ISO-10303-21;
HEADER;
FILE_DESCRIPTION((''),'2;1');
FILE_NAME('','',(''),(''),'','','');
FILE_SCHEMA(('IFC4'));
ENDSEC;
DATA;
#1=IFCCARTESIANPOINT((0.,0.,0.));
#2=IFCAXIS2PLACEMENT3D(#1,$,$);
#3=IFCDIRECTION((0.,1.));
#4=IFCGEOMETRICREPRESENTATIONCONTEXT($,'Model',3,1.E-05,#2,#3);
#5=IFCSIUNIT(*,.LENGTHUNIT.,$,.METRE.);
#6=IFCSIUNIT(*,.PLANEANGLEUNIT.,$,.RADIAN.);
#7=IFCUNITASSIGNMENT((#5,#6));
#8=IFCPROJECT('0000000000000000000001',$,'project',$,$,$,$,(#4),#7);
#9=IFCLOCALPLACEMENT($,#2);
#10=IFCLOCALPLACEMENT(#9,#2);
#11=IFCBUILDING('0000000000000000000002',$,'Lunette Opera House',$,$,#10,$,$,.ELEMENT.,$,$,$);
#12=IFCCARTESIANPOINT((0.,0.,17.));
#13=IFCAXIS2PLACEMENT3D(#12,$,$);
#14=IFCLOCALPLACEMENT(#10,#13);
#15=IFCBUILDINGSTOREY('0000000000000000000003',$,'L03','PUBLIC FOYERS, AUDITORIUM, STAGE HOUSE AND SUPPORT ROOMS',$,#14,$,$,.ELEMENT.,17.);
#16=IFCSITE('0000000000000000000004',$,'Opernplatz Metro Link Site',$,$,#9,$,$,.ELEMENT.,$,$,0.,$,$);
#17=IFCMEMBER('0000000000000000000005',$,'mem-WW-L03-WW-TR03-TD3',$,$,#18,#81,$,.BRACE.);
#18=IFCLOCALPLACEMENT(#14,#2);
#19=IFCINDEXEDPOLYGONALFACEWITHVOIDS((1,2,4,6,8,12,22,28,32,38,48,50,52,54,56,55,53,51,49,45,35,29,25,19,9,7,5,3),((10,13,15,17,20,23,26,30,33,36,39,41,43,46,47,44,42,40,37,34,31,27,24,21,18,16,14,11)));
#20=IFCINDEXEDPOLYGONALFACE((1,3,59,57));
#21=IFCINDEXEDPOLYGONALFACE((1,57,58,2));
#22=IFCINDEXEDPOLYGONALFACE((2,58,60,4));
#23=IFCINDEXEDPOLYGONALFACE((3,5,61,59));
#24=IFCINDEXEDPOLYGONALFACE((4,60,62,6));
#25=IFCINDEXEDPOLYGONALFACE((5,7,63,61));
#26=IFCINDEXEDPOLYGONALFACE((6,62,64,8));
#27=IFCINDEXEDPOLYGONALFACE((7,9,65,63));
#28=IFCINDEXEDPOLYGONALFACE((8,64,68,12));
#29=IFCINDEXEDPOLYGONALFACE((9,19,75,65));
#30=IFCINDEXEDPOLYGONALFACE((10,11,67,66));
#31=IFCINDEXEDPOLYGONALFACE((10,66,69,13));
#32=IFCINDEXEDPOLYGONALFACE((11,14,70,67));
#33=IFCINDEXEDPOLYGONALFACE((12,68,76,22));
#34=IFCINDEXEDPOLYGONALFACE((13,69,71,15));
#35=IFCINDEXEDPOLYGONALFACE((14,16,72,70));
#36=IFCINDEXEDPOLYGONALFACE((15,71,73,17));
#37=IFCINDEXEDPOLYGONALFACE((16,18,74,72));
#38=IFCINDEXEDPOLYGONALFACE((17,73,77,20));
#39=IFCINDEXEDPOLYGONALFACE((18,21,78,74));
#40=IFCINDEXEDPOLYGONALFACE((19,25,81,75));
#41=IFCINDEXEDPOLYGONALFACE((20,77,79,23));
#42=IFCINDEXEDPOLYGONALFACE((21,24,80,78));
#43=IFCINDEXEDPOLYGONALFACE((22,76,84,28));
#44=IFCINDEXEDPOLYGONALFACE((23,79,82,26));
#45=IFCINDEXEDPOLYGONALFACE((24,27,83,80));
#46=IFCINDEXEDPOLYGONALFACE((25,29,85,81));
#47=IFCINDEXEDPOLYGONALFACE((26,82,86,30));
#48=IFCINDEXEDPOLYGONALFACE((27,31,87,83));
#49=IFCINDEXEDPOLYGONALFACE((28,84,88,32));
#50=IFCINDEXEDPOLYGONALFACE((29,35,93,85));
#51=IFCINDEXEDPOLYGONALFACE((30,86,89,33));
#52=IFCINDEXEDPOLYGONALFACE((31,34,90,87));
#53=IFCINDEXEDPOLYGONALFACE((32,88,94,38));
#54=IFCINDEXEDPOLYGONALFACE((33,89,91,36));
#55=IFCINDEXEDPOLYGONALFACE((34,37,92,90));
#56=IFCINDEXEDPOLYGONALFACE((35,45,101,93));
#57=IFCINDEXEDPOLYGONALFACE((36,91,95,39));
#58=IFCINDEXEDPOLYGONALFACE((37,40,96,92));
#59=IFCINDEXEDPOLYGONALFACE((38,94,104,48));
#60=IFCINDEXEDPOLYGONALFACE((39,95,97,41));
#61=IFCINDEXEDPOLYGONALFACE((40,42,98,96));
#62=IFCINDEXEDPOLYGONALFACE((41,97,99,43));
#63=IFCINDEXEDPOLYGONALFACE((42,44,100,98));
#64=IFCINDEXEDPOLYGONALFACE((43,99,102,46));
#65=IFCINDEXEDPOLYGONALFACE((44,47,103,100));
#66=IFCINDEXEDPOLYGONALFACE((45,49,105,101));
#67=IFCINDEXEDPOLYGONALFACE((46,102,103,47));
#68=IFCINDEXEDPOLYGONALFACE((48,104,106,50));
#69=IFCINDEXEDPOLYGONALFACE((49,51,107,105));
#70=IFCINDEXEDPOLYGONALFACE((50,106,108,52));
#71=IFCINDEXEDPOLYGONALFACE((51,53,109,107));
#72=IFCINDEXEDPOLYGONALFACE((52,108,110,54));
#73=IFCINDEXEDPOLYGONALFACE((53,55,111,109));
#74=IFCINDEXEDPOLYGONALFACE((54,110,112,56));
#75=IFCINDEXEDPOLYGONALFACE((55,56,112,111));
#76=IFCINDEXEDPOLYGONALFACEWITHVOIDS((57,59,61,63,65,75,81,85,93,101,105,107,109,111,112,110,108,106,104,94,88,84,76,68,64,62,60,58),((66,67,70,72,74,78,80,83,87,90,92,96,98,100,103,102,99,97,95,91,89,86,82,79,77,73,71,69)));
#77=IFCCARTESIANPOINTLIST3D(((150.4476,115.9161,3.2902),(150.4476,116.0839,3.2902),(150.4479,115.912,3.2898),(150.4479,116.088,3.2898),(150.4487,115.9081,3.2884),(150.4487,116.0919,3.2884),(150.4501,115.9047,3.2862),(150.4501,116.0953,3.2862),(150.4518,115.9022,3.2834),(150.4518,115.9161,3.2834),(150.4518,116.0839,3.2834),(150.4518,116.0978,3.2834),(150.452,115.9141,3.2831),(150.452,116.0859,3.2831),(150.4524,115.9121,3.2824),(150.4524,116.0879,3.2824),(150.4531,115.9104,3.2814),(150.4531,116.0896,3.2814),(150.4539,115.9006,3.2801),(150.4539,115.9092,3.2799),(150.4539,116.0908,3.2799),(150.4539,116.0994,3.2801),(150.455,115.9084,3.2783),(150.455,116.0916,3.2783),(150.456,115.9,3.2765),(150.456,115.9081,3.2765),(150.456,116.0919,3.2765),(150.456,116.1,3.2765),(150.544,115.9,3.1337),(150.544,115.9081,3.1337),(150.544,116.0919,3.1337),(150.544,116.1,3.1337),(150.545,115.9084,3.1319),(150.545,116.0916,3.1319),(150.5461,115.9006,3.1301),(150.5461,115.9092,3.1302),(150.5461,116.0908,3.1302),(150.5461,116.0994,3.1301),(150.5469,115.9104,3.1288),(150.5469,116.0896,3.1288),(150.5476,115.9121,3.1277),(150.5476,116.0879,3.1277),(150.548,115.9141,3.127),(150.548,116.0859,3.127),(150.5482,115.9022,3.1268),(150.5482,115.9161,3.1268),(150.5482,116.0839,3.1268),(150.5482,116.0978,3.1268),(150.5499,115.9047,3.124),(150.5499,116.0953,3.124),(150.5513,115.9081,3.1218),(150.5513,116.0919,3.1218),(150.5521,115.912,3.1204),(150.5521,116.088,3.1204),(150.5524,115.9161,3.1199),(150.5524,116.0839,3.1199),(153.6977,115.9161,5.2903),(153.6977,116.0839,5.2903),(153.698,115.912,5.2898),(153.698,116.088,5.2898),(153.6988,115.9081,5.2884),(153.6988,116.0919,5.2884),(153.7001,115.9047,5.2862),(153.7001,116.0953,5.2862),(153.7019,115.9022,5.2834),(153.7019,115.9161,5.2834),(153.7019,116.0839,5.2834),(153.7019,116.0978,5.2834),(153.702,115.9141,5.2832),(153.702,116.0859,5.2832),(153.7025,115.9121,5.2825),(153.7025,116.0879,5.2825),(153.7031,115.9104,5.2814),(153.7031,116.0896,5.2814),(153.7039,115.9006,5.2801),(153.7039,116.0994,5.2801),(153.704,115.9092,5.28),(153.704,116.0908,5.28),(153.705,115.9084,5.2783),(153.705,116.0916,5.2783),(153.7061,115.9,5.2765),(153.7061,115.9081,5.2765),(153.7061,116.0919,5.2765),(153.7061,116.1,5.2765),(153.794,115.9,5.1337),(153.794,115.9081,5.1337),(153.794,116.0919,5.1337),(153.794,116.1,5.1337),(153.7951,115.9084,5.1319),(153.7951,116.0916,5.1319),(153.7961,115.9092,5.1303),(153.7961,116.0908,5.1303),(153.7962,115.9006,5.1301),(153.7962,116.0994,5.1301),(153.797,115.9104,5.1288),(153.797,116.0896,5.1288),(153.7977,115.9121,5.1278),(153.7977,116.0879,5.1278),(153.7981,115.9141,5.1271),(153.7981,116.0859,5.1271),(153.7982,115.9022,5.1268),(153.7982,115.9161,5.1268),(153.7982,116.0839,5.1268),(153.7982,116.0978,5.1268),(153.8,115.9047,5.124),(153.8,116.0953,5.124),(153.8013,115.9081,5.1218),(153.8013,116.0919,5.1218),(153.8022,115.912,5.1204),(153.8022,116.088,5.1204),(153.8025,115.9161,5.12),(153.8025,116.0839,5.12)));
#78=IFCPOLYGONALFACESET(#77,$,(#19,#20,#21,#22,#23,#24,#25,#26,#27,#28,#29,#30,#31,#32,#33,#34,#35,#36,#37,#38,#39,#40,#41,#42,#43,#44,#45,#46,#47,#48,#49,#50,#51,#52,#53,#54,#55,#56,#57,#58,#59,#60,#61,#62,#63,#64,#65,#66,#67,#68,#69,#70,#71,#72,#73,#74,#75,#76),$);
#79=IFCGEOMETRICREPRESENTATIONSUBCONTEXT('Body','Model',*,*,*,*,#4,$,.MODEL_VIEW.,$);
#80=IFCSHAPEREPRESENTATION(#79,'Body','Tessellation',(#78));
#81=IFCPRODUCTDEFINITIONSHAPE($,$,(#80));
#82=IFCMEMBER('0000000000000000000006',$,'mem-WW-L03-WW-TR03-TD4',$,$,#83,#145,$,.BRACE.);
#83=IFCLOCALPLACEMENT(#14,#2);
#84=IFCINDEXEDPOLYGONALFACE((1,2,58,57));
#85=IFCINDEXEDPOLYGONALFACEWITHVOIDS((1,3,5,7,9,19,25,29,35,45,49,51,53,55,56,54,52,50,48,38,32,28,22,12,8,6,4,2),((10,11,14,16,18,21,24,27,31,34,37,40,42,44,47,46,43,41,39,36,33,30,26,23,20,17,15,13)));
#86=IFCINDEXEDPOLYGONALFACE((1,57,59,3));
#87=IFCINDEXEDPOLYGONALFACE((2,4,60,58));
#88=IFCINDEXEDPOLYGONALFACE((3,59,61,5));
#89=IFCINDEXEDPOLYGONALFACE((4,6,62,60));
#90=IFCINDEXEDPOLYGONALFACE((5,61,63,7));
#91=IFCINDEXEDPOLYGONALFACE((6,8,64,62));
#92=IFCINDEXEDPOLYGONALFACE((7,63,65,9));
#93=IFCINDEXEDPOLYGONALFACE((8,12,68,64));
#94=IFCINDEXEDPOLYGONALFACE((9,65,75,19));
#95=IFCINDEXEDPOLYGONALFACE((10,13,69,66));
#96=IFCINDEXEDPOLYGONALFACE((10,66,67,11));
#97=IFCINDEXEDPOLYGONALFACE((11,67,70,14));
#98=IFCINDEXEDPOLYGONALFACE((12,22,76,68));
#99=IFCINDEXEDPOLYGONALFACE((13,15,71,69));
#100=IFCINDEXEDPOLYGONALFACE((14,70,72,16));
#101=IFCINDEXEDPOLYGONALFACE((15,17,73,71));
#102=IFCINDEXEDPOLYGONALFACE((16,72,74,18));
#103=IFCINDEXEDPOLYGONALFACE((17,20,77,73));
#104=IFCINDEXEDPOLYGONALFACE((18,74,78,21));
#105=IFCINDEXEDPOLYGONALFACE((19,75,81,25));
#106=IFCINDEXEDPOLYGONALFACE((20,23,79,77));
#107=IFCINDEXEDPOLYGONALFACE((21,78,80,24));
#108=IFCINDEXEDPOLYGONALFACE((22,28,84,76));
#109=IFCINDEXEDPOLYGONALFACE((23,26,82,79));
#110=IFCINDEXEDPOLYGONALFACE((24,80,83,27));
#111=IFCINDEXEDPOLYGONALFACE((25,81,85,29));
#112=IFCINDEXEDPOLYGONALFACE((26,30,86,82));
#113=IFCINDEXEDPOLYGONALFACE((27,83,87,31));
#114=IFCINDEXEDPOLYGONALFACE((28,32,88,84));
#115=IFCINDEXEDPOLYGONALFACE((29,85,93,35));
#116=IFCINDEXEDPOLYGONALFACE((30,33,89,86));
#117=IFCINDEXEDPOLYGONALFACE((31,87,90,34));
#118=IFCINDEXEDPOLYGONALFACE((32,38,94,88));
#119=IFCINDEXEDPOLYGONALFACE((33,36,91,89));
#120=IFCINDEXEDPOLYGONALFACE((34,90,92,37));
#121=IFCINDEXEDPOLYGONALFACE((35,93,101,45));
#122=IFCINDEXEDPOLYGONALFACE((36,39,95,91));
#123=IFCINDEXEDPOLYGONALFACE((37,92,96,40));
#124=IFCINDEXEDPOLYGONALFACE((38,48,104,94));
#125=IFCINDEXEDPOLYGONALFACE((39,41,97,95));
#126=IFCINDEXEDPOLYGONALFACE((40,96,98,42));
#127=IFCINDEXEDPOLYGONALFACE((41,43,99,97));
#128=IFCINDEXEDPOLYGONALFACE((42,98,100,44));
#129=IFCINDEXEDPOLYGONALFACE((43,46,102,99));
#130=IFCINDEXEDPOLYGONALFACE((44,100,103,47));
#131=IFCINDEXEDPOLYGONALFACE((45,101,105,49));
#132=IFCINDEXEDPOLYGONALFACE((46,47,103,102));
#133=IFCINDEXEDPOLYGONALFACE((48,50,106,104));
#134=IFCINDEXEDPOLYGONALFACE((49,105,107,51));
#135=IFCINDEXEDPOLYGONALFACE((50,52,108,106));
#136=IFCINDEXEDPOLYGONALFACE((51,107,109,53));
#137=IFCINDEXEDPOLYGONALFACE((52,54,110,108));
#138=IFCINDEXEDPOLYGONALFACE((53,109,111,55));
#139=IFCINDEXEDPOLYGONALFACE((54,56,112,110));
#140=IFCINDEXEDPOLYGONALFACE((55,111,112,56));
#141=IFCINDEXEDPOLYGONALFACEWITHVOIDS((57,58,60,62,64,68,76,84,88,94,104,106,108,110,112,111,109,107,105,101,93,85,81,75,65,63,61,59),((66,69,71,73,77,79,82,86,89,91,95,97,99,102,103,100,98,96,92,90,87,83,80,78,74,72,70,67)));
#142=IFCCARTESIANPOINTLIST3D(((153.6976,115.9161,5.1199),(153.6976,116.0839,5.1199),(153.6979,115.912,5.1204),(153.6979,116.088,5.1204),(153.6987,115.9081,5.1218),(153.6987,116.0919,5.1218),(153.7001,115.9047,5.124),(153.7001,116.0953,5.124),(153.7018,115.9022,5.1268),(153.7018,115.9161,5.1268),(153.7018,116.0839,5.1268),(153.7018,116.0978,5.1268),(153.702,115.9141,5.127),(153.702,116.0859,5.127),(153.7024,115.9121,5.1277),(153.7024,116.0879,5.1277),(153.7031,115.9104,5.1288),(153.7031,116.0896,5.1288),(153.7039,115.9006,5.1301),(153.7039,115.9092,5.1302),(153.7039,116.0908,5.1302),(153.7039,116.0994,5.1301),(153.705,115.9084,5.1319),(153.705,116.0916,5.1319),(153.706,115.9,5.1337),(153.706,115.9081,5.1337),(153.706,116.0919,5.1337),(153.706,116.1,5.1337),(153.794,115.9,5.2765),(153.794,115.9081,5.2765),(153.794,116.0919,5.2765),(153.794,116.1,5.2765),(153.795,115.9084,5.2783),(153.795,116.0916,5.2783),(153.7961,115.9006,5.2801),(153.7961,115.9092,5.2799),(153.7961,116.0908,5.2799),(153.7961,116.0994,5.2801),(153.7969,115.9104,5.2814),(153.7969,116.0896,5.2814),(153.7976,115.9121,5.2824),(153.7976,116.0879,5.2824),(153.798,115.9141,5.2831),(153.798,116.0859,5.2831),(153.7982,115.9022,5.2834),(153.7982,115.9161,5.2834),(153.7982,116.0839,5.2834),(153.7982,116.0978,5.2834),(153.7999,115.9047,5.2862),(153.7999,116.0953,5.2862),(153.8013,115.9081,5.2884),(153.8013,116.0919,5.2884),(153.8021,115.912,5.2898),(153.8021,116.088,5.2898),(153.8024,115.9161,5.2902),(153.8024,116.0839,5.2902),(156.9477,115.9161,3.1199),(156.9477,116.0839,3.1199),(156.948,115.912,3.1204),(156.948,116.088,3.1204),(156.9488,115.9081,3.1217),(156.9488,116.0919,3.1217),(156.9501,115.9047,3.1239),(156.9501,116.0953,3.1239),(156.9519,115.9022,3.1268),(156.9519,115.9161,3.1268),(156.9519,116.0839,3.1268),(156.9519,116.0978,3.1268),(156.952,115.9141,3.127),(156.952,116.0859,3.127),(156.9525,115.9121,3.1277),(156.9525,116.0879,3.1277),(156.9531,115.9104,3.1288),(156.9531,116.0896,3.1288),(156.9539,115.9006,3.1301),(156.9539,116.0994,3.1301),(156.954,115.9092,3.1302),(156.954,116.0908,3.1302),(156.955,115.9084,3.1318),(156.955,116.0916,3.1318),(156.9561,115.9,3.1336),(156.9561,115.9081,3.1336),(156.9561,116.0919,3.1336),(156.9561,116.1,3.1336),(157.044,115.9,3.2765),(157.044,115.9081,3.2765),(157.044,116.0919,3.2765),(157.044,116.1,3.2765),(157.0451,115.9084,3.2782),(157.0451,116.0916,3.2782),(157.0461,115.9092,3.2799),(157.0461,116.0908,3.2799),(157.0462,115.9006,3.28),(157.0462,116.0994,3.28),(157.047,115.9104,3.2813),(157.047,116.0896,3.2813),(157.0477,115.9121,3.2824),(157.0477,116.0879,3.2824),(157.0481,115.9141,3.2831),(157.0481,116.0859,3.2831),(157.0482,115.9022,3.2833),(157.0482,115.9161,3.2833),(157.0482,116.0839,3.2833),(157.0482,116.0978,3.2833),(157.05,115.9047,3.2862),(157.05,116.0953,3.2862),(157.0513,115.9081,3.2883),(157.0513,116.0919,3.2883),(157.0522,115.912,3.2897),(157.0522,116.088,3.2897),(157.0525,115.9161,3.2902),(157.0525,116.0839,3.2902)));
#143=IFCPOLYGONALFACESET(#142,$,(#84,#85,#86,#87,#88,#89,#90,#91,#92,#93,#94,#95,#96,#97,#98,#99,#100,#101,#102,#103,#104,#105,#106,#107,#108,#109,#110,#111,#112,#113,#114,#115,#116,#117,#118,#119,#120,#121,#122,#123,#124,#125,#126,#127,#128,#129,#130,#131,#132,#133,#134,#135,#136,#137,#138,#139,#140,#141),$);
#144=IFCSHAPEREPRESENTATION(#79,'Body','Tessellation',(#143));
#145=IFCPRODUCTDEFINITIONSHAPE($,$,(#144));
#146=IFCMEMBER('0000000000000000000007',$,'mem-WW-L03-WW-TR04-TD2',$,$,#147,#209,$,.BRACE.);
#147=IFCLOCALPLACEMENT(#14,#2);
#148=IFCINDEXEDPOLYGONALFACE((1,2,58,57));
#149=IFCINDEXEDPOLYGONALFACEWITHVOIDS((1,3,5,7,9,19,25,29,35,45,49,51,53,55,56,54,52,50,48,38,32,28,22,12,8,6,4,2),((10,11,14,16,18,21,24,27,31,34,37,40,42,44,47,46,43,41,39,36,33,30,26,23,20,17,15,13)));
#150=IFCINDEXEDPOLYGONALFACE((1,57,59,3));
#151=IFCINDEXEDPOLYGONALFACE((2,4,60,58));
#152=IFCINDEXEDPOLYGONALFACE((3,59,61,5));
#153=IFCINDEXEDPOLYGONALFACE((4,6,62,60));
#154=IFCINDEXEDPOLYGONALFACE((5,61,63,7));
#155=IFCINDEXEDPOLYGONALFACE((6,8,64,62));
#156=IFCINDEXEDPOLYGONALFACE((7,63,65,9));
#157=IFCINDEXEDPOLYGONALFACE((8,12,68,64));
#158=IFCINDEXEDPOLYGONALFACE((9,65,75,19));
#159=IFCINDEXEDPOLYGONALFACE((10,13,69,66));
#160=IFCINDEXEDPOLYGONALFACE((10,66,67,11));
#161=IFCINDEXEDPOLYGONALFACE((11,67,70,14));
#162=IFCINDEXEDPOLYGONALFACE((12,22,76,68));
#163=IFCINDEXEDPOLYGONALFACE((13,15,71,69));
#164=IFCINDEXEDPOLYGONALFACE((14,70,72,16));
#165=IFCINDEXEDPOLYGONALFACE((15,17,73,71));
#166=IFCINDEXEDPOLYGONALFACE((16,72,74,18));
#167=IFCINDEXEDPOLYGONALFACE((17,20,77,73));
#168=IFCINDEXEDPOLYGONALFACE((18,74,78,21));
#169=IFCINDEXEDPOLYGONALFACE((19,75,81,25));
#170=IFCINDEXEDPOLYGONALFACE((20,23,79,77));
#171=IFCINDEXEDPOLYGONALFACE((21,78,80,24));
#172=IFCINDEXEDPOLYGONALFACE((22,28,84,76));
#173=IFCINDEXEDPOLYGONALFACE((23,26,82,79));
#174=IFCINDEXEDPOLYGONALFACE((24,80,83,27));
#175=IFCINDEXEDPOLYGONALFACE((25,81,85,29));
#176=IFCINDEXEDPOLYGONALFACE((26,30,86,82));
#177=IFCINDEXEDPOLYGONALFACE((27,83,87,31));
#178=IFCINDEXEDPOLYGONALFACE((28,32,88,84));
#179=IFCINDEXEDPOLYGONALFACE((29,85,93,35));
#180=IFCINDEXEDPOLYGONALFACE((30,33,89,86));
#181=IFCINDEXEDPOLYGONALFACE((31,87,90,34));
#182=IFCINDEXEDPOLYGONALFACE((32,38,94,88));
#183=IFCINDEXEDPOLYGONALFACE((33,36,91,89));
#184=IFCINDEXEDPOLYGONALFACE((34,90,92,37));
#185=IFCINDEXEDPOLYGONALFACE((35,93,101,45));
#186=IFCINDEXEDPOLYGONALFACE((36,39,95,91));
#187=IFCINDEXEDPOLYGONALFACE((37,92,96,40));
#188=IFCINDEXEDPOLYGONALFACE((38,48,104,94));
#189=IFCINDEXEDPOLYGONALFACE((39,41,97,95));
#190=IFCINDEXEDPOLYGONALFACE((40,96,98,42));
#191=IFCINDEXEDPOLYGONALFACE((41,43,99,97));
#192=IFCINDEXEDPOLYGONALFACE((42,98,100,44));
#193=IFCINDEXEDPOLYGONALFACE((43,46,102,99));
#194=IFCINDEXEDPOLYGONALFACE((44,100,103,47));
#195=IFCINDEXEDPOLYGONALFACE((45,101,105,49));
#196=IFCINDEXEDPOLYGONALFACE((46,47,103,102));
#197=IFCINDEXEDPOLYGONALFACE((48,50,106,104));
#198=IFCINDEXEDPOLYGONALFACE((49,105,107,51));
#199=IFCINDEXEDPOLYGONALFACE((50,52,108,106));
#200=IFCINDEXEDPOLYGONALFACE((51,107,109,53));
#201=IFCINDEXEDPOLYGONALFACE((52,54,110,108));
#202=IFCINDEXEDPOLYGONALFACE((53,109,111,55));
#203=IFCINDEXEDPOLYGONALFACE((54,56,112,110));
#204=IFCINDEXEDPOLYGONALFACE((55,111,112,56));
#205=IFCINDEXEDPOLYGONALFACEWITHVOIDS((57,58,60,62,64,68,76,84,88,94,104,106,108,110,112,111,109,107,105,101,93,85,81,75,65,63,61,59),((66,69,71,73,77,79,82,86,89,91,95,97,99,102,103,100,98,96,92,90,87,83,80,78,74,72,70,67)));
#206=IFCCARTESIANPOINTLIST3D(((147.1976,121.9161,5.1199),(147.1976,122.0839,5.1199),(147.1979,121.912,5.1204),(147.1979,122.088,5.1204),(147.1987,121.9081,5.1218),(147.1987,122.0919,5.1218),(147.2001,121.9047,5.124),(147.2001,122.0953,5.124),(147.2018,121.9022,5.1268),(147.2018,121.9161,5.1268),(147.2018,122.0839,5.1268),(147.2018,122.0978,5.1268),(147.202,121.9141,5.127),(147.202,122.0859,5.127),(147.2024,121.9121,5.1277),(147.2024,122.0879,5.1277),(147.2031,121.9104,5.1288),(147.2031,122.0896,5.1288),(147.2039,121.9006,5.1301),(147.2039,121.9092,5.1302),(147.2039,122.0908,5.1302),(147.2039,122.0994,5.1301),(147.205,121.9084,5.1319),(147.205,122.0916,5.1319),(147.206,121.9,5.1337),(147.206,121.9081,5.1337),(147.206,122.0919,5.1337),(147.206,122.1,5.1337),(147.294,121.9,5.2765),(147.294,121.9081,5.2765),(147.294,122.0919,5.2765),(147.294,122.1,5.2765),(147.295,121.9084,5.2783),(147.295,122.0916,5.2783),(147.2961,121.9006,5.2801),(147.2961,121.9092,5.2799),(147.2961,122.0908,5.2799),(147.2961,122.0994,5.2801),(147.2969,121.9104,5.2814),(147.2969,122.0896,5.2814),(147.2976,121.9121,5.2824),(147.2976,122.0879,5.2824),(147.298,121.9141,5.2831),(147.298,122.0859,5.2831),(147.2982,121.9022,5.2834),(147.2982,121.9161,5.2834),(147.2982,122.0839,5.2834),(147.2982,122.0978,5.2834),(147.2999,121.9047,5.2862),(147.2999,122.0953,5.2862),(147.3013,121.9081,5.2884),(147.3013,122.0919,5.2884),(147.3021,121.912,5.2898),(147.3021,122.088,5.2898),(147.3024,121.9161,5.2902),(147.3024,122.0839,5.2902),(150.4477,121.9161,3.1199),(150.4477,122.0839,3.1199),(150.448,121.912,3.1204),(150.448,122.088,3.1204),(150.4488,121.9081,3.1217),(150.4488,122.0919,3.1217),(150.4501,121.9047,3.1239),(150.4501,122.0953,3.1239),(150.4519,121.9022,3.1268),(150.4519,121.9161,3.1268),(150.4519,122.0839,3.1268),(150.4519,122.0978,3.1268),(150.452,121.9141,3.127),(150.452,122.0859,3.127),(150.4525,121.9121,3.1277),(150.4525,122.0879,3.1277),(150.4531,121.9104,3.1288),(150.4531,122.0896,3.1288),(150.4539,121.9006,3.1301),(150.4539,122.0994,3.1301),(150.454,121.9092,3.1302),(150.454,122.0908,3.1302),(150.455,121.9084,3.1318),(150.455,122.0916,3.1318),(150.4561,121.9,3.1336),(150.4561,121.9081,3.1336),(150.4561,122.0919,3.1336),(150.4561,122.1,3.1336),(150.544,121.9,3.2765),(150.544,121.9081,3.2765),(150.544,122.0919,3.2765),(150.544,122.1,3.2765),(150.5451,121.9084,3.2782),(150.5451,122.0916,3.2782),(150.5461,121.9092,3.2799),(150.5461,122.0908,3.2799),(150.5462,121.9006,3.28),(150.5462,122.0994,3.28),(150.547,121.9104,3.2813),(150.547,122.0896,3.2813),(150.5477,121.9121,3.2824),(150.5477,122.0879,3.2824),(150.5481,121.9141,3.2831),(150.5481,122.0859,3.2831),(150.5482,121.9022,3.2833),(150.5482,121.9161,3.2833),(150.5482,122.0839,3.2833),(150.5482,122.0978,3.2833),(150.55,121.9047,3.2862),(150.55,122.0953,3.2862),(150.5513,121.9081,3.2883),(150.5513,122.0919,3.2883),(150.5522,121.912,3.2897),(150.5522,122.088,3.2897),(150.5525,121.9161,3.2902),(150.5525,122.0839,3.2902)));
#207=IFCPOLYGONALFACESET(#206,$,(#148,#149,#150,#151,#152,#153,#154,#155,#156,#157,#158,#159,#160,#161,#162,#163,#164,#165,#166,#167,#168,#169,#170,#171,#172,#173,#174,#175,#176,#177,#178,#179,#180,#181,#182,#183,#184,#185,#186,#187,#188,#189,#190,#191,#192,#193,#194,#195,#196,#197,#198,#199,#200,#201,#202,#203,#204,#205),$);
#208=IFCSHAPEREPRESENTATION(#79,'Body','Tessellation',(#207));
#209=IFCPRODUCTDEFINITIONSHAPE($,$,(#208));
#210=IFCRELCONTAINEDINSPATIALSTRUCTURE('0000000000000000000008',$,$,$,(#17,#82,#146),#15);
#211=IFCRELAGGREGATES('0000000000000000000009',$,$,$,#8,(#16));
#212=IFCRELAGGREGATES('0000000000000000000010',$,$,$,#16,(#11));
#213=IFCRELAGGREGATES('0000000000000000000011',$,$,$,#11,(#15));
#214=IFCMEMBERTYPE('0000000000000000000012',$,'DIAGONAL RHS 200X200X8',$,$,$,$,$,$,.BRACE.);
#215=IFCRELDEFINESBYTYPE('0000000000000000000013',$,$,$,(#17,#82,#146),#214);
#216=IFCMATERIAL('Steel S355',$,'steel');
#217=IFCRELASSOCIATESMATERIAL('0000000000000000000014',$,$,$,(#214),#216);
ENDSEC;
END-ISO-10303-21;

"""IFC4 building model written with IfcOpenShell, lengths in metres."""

from ifc_helpers import new_model, si_unit, direction, frame, origin, origin_2d, place, context, subcontext, project, spatial, hollow_rectangle, extrude, material, material_profile, profile_set, type_object, element, save


model = new_model("IFC4")

# Units and contexts
model_context = context("Model", 3, precision=1e-05, world=origin(), true_north=direction((0.0, 1.0)))
body_context = subcontext(model_context, "Body", "Model", "MODEL_VIEW")
ifc_project = project(units=[si_unit("LENGTHUNIT", "METRE"), si_unit("PLANEANGLEUNIT", "RADIAN")], contexts=[model_context])

# Site, building, storey
site_placement = place(None, origin())
site = spatial("IfcSite", under=ifc_project, at=site_placement, Name="Opernplatz Metro Link Site", CompositionType="ELEMENT", RefElevation=0.0)
building_placement = place(site_placement, origin())
building = spatial("IfcBuilding", under=site, at=building_placement, Name="Lunette Opera House", CompositionType="ELEMENT")
storey_placement = place(building_placement, frame((0.0, 0.0, 17.0)))
storey = spatial("IfcBuildingStorey", under=building, at=storey_placement, Name="L03", Description="PUBLIC FOYERS, AUDITORIUM, STAGE HOUSE AND SUPPORT ROOMS", CompositionType="ELEMENT", Elevation=17.0)

# Members
ifc_material_1 = material(Name="Steel S355", Category="steel")
ifc_material_profile_1 = material_profile(ifc_material_1, hollow_rectangle(XDim=0.2, YDim=0.2, WallThickness=0.0081, InnerFilletRadius=0.0081, OuterFilletRadius=0.0161, at=origin_2d()), Name="RHS 200X200X8")
ifc_profile_set_1 = profile_set([ifc_material_profile_1], Name="Steel S355")
member_type_1 = type_object("IfcMemberType", Name="DIAGONAL RHS 200X200X8", PredefinedType="BRACE", material=ifc_profile_set_1)
for number, where, z_axis, x_axis, name in (
    (1, (150.5, 116.0, 3.2051), (0.851658, 0.0, 0.524097), (0.0, 1.0, 0.0), "mem-WW-L03-WW-TR03-TD3"),
    (2, (153.75, 116.0, 5.2051), (0.851658, 0.0, -0.524097), (0.0, 1.0, 0.0), "mem-WW-L03-WW-TR03-TD4"),
    (3, (147.25, 122.0, 5.2051), (0.851658, 0.0, -0.524097), (0.0, 1.0, 0.0), "mem-WW-L03-WW-TR04-TD2"),
):
    element("IfcMember", number, at=place(storey_placement, frame(where, z_axis=z_axis, x_axis=x_axis)), inside=storey, type_object=member_type_1, Name=name, PredefinedType="BRACE", context=body_context, shape_type="SweptSolid", body=[
        extrude(hollow_rectangle(XDim=0.2, YDim=0.2, WallThickness=0.0081, InnerFilletRadius=0.0081, OuterFilletRadius=0.0161, at=origin_2d()), origin(), (0.0, 0.0, 1.0), 3.8162),
    ])

save(model, "model.ifc")
